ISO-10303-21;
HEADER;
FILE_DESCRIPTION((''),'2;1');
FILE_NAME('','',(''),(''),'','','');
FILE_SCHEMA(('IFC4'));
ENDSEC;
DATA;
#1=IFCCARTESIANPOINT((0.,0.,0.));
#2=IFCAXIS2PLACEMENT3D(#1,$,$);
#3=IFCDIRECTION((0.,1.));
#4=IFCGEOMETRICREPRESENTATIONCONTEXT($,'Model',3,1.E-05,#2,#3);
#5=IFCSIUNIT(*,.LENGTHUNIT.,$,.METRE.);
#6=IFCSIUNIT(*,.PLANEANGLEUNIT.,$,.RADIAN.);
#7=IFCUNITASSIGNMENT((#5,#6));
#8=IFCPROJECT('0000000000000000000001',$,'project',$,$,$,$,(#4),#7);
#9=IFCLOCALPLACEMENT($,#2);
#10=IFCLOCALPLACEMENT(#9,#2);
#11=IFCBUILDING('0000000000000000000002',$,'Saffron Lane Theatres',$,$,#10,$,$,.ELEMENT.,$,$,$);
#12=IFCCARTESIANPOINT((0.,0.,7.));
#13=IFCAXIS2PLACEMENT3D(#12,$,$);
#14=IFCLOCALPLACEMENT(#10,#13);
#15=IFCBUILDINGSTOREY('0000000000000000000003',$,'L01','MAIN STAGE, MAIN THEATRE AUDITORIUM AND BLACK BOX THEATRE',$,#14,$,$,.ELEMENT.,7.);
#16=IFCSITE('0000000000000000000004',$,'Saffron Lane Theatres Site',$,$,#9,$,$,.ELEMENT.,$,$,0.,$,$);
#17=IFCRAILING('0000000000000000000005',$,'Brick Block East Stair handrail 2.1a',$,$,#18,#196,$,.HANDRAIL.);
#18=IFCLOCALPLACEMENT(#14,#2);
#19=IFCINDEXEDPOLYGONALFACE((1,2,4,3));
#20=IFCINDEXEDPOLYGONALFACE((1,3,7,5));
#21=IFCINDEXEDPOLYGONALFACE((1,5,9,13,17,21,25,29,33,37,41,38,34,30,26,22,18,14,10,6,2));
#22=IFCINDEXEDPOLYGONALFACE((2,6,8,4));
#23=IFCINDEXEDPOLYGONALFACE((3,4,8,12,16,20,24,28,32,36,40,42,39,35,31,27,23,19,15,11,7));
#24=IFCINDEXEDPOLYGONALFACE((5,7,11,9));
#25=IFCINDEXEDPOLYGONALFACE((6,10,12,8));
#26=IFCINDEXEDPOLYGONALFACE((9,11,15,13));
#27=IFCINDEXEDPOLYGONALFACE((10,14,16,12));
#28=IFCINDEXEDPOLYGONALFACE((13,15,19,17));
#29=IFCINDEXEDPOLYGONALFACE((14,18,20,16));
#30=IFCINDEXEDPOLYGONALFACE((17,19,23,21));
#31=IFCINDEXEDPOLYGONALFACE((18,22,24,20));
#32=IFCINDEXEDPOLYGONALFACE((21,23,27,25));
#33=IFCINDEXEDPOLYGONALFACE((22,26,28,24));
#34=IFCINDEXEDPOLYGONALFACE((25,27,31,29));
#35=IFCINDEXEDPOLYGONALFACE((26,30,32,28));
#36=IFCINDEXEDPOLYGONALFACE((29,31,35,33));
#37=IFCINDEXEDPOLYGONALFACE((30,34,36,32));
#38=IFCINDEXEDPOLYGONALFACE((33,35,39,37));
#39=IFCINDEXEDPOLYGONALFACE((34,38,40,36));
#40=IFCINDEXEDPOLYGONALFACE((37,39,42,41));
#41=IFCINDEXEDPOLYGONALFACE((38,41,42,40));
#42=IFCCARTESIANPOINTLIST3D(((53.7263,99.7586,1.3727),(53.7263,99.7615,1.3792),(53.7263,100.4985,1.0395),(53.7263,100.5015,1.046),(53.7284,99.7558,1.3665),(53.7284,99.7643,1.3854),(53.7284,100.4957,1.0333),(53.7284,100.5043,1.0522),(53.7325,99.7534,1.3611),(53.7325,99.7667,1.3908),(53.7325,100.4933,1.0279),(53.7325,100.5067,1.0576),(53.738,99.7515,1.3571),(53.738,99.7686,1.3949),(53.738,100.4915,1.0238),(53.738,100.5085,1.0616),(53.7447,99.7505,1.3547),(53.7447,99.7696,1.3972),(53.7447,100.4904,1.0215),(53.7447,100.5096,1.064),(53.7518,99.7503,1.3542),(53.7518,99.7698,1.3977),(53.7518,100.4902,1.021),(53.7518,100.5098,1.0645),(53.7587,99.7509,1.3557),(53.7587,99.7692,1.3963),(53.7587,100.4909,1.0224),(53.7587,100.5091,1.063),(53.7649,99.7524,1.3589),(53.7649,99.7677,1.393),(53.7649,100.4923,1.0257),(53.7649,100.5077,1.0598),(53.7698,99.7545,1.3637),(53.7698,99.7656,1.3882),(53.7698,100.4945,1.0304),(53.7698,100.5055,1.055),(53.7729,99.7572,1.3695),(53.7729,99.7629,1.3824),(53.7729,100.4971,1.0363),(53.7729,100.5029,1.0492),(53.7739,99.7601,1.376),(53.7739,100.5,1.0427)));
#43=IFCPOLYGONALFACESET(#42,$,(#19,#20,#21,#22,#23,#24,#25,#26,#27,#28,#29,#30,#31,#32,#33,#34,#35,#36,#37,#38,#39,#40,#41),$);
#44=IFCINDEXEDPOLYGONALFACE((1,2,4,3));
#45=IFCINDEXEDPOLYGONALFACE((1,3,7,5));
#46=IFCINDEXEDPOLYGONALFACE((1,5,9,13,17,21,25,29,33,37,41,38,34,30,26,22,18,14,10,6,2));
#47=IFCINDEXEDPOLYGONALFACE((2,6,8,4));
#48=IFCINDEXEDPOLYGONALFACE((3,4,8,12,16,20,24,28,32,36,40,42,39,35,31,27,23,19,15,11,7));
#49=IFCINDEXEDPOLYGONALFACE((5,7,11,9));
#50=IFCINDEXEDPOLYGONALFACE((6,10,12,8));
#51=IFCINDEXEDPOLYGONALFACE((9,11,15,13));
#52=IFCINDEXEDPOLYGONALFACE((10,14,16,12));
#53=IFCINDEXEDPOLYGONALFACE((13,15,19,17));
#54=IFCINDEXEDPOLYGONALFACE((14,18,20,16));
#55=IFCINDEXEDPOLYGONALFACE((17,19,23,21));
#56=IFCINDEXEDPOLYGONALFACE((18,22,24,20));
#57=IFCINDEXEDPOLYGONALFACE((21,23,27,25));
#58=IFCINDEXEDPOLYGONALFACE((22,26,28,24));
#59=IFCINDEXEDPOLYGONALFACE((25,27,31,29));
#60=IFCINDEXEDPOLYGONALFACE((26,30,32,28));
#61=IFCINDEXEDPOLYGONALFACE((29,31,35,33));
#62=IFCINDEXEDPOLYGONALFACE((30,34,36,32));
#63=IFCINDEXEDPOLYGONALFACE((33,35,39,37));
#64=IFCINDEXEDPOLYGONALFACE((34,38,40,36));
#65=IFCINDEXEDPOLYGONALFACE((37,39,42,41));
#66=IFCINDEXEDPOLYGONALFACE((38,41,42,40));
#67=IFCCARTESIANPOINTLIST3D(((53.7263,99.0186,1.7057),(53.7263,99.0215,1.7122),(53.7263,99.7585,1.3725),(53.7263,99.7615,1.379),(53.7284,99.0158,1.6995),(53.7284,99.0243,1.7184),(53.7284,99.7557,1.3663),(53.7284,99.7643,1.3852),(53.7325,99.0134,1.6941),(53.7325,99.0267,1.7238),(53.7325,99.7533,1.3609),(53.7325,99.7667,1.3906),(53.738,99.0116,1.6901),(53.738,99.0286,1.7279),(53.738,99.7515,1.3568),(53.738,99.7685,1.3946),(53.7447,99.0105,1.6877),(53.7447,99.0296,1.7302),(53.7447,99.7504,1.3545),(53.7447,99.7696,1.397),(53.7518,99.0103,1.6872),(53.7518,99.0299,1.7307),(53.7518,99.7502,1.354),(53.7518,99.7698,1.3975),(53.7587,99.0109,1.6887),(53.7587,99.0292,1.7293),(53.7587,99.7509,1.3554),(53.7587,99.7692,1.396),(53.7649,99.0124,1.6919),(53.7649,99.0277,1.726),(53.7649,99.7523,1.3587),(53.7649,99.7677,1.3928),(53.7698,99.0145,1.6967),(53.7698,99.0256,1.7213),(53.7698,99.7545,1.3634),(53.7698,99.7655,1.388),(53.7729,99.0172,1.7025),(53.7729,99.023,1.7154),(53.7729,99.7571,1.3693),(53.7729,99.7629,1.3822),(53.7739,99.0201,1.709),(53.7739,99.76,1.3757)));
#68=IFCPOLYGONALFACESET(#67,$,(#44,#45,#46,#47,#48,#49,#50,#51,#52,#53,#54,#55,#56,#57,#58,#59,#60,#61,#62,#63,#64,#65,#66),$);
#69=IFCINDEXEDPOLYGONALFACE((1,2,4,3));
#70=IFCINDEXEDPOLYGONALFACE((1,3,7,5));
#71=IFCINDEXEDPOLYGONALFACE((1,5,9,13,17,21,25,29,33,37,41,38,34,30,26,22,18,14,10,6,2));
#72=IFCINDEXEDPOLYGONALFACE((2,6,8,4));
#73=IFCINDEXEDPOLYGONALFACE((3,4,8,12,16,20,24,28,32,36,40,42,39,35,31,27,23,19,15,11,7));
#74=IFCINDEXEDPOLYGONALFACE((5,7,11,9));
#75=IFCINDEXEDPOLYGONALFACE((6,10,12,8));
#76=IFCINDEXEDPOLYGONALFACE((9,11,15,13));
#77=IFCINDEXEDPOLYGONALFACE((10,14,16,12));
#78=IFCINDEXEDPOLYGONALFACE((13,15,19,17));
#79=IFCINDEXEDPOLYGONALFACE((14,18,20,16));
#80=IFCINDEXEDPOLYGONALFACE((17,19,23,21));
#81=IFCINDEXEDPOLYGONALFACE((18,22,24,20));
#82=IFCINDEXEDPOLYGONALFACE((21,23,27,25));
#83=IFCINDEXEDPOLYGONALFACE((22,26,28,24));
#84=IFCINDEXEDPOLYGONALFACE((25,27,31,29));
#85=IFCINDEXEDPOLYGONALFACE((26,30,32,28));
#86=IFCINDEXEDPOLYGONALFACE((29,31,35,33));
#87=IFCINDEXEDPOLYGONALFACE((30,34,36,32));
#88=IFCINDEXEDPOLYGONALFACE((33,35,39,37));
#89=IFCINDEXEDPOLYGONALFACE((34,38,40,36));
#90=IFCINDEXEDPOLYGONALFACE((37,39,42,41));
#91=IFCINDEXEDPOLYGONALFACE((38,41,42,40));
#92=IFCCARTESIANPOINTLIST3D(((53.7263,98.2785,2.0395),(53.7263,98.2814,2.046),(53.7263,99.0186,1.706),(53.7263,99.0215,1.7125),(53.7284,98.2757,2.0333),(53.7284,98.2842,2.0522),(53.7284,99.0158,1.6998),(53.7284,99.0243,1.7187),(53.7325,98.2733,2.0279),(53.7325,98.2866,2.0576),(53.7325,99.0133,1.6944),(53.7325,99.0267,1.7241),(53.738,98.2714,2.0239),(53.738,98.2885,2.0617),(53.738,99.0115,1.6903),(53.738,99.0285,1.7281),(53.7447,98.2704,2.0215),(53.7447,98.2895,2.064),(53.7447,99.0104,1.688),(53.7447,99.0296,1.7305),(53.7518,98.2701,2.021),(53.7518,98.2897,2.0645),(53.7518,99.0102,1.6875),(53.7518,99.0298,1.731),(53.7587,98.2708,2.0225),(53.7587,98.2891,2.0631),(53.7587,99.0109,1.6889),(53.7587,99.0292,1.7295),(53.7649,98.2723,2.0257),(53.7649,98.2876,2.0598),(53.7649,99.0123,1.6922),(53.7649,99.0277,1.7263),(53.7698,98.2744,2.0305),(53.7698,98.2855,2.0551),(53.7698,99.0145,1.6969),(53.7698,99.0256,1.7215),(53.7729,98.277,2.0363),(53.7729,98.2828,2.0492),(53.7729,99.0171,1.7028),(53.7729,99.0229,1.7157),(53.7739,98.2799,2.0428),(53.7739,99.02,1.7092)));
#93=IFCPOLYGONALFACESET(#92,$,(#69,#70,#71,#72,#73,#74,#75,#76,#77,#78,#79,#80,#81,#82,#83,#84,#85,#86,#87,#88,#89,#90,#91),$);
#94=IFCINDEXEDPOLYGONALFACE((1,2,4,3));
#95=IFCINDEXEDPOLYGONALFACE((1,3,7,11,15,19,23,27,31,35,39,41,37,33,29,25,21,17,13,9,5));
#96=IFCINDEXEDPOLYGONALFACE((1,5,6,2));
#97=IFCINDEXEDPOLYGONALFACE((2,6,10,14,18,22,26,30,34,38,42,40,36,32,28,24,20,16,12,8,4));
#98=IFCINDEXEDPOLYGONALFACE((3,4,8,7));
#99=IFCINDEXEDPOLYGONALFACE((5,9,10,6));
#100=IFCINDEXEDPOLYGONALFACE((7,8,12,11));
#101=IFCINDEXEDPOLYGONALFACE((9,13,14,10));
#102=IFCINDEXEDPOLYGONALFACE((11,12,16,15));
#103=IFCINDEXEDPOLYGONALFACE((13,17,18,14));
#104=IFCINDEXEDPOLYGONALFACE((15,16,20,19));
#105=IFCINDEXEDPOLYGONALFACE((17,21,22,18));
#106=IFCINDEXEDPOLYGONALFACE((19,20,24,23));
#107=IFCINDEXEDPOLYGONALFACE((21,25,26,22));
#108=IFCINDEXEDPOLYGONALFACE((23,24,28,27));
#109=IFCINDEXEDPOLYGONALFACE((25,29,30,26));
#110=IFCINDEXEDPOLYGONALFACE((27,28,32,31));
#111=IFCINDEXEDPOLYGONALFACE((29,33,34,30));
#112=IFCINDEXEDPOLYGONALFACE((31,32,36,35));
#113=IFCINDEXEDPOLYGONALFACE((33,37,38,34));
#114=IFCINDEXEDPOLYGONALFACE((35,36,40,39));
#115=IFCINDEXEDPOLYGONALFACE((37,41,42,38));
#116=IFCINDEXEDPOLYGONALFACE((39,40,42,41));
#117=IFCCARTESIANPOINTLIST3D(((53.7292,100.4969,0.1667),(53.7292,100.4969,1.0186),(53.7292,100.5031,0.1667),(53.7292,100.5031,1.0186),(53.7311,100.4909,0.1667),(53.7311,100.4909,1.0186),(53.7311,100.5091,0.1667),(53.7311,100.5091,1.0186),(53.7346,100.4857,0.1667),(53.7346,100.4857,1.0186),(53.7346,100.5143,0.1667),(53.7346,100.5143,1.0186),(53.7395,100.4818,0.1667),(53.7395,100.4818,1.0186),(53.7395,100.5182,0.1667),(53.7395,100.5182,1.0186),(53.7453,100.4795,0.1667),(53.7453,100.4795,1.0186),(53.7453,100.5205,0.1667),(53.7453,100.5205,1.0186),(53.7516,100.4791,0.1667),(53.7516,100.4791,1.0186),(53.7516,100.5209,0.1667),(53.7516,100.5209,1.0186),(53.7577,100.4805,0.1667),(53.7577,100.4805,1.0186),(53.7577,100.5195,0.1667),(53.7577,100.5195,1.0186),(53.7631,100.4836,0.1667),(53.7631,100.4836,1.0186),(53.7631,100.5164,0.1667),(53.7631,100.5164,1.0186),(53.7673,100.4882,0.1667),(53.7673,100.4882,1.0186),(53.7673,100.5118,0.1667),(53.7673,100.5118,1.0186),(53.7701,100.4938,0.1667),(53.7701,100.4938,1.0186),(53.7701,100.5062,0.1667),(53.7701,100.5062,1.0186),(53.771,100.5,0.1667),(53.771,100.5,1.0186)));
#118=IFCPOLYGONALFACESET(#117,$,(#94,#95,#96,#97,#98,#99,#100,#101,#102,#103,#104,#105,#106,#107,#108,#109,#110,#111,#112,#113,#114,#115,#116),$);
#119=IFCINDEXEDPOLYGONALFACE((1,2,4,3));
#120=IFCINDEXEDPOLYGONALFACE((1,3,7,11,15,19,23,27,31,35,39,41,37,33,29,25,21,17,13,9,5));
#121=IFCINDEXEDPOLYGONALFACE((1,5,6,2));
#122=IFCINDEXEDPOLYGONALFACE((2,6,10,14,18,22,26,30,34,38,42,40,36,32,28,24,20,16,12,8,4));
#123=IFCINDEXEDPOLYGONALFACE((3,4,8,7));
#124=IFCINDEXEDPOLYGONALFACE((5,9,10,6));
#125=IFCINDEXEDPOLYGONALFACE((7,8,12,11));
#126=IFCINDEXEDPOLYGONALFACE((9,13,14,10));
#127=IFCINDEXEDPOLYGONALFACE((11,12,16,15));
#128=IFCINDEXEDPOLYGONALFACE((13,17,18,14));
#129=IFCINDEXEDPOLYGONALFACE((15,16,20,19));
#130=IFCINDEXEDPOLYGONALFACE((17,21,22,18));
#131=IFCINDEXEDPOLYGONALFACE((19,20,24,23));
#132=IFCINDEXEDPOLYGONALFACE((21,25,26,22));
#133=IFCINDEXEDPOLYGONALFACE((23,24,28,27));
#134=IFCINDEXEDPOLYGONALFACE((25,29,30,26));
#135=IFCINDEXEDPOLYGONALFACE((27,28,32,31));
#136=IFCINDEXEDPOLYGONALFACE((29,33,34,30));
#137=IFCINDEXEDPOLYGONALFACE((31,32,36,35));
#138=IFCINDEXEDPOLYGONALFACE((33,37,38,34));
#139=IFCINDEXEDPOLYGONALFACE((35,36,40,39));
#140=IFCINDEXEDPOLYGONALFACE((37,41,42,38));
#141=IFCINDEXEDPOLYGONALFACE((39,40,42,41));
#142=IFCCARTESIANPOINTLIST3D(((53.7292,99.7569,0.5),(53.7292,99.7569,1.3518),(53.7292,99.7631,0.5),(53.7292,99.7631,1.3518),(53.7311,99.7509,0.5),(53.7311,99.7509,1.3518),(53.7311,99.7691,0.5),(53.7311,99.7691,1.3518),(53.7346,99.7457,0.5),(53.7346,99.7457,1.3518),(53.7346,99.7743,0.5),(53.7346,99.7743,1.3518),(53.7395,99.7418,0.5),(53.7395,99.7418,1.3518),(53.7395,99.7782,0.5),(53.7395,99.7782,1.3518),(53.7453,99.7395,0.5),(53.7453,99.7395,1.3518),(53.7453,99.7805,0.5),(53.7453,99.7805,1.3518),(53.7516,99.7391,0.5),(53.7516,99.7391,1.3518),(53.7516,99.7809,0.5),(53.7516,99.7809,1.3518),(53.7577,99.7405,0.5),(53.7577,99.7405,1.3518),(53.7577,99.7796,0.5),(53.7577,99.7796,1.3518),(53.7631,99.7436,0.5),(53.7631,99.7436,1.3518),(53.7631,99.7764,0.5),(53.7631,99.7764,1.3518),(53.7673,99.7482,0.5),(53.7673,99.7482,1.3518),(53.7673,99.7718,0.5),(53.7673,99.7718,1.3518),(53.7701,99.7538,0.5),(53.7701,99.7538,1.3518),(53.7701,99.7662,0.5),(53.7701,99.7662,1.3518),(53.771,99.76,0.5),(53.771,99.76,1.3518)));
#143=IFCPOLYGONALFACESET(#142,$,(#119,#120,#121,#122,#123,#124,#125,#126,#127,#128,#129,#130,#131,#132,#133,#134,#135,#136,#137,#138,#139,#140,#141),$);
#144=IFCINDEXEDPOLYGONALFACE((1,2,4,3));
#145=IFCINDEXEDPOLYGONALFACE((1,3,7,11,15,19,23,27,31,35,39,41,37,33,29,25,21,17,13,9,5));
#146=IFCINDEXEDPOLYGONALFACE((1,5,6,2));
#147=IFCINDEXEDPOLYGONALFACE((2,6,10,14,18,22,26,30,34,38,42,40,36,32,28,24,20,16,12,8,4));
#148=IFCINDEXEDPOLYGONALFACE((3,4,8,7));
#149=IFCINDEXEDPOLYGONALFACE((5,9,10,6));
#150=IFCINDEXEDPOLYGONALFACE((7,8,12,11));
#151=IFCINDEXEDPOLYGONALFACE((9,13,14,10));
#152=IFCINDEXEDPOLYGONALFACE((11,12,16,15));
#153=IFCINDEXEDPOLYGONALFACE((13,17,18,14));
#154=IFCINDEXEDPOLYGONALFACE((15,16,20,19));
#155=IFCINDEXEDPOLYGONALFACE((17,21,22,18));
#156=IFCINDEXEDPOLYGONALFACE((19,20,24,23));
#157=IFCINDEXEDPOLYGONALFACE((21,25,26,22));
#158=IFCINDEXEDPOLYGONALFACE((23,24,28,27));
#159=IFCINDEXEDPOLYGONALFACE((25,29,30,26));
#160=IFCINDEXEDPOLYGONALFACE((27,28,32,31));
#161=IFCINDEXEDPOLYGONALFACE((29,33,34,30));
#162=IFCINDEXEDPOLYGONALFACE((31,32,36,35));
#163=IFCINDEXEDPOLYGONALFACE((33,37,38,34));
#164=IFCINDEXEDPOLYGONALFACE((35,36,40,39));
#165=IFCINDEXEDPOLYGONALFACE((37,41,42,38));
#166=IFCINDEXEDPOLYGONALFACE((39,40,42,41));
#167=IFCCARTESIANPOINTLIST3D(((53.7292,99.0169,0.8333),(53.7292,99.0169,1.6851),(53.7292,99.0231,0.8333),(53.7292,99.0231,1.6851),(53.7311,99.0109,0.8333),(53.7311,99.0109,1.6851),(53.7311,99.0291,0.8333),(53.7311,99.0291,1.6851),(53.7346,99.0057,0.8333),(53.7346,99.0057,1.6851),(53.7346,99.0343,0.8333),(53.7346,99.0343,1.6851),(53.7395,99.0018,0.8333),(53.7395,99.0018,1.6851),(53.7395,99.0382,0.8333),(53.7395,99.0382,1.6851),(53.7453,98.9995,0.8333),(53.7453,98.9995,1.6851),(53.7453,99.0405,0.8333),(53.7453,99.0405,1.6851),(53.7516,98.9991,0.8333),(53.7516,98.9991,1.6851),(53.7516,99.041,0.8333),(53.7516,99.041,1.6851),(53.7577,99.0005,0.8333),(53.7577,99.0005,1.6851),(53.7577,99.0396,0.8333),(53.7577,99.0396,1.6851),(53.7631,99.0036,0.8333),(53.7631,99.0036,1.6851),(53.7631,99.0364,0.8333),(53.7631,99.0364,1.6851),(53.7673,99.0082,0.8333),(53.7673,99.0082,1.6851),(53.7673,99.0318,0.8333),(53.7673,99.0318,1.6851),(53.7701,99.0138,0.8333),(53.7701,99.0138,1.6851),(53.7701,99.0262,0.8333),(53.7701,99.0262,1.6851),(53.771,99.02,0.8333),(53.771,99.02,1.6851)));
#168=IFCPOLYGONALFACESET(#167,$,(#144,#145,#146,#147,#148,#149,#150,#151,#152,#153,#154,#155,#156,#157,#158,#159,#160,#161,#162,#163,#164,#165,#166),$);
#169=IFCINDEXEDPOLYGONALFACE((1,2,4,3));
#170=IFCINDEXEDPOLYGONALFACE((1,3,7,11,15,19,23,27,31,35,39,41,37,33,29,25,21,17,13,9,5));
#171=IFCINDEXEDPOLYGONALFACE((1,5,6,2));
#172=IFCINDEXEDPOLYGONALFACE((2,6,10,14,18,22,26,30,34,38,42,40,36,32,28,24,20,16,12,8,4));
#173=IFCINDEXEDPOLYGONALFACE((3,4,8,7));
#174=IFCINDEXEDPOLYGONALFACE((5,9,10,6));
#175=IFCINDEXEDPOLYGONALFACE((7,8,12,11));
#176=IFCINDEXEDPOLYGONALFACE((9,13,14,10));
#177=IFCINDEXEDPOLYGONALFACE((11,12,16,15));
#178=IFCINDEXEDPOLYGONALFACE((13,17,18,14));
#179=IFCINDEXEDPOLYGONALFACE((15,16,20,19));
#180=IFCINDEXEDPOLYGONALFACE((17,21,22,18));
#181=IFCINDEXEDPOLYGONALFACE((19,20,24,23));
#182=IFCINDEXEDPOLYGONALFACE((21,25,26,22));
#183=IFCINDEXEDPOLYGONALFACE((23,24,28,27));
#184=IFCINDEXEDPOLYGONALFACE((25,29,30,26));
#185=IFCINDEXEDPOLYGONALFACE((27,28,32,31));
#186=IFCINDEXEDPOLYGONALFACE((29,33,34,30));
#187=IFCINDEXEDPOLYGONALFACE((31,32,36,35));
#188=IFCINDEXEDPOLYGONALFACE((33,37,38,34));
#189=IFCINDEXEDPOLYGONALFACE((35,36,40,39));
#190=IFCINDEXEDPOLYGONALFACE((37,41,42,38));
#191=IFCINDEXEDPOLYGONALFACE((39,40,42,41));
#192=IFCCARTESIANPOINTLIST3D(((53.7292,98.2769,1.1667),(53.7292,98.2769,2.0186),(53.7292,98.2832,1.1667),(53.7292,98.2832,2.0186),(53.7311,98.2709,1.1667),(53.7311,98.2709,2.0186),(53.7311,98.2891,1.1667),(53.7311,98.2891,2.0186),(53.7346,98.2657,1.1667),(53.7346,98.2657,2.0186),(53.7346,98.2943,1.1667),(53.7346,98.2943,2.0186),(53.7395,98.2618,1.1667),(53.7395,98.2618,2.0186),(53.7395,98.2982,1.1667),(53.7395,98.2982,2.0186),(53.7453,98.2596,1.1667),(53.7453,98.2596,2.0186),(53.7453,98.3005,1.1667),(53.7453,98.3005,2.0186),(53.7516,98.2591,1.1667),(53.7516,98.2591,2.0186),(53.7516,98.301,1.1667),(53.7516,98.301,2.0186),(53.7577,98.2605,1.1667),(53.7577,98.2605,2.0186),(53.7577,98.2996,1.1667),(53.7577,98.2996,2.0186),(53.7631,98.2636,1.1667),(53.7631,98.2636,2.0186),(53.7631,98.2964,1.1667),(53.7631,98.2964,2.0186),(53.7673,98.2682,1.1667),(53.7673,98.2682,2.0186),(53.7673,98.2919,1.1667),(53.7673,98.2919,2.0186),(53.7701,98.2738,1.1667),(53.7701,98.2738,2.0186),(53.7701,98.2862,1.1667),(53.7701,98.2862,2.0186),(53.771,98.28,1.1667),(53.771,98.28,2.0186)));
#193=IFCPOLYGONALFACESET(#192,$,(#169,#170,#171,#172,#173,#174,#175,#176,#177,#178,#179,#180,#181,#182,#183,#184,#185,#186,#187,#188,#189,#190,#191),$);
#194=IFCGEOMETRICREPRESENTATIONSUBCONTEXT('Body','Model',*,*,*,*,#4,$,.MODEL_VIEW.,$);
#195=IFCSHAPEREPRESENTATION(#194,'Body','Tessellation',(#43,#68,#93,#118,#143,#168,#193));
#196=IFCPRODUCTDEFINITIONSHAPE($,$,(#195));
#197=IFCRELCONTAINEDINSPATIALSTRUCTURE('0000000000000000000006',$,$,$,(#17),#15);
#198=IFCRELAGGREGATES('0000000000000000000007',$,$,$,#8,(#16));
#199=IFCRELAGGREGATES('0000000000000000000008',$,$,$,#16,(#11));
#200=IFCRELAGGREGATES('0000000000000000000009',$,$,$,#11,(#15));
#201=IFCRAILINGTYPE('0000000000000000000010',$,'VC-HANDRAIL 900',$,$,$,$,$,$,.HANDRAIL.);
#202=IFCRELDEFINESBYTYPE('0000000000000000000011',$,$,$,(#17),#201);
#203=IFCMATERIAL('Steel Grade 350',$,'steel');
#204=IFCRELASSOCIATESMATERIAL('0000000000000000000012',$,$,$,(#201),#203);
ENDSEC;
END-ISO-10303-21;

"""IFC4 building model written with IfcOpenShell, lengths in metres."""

from ifc_helpers import new_model, si_unit, direction, frame, origin, origin_2d, place, context, subcontext, project, spatial, circle, extrude, material, type_object, element, save


model = new_model("IFC4")

# Units and contexts
model_context = context("Model", 3, precision=1e-05, world=origin(), true_north=direction((0.0, 1.0)))
body_context = subcontext(model_context, "Body", "Model", "MODEL_VIEW")
ifc_project = project(units=[si_unit("LENGTHUNIT", "METRE"), si_unit("PLANEANGLEUNIT", "RADIAN")], contexts=[model_context])

# Site, building, storey
site_placement = place(None, origin())
site = spatial("IfcSite", under=ifc_project, at=site_placement, Name="Saffron Lane Theatres Site", CompositionType="ELEMENT", RefElevation=0.0)
building_placement = place(site_placement, origin())
building = spatial("IfcBuilding", under=site, at=building_placement, Name="Saffron Lane Theatres", CompositionType="ELEMENT")
storey_placement = place(building_placement, frame((0.0, 0.0, 7.0)))
storey = spatial("IfcBuildingStorey", under=building, at=storey_placement, Name="L01", Description="MAIN STAGE, MAIN THEATRE AUDITORIUM AND BLACK BOX THEATRE", CompositionType="ELEMENT", Elevation=7.0)

# Railing
ifc_material_1 = material(Name="Steel Grade 350", Category="steel")
railing_type_1 = type_object("IfcRailingType", Name="VC-HANDRAIL 900", PredefinedType="HANDRAIL", material=ifc_material_1)
for number, where, name in (
    (1, (53.75, 100.5, 0.1667), "Brick Block East Stair handrail 2.1a"),
):
    element("IfcRailing", number, at=place(storey_placement, frame(where)), inside=storey, type_object=railing_type_1, Name=name, PredefinedType="HANDRAIL", context=body_context, shape_type="SweptSolid", body=[
        extrude(circle(Radius=0.0239, at=origin_2d()), frame((0.0, 0.0, 0.876), z_axis=(0.0, -0.911803, 0.410627), x_axis=(1.0, 0.0, 0.0)), (0.0, 0.0, 1.0), 0.8115),
        extrude(circle(Radius=0.0239, at=origin_2d()), frame((0.0, -0.74, 1.209), z_axis=(0.0, -0.911803, 0.410627), x_axis=(1.0, 0.0, 0.0)), (0.0, 0.0, 1.0), 0.8115),
        extrude(circle(Radius=0.0239, at=origin_2d()), frame((0.0, -1.48, 1.5425), z_axis=(0.0, -0.911691, 0.410877), x_axis=(1.0, 0.0, 0.0)), (0.0, 0.0, 1.0), 0.8118),
        extrude(circle(Radius=0.021, at=origin_2d()), origin(), (0.0, 0.0, 1.0), 0.8518),
        extrude(circle(Radius=0.021, at=origin_2d()), frame((0.0, -0.74, 0.3333)), (0.0, 0.0, 1.0), 0.8518),
        extrude(circle(Radius=0.021, at=origin_2d()), frame((0.0, -1.48, 0.6665)), (0.0, 0.0, 1.0), 0.8518),
        extrude(circle(Radius=0.021, at=origin_2d()), frame((0.0, -2.22, 1.0)), (0.0, 0.0, 1.0), 0.8518),
    ])

save(model, "model.ifc")
